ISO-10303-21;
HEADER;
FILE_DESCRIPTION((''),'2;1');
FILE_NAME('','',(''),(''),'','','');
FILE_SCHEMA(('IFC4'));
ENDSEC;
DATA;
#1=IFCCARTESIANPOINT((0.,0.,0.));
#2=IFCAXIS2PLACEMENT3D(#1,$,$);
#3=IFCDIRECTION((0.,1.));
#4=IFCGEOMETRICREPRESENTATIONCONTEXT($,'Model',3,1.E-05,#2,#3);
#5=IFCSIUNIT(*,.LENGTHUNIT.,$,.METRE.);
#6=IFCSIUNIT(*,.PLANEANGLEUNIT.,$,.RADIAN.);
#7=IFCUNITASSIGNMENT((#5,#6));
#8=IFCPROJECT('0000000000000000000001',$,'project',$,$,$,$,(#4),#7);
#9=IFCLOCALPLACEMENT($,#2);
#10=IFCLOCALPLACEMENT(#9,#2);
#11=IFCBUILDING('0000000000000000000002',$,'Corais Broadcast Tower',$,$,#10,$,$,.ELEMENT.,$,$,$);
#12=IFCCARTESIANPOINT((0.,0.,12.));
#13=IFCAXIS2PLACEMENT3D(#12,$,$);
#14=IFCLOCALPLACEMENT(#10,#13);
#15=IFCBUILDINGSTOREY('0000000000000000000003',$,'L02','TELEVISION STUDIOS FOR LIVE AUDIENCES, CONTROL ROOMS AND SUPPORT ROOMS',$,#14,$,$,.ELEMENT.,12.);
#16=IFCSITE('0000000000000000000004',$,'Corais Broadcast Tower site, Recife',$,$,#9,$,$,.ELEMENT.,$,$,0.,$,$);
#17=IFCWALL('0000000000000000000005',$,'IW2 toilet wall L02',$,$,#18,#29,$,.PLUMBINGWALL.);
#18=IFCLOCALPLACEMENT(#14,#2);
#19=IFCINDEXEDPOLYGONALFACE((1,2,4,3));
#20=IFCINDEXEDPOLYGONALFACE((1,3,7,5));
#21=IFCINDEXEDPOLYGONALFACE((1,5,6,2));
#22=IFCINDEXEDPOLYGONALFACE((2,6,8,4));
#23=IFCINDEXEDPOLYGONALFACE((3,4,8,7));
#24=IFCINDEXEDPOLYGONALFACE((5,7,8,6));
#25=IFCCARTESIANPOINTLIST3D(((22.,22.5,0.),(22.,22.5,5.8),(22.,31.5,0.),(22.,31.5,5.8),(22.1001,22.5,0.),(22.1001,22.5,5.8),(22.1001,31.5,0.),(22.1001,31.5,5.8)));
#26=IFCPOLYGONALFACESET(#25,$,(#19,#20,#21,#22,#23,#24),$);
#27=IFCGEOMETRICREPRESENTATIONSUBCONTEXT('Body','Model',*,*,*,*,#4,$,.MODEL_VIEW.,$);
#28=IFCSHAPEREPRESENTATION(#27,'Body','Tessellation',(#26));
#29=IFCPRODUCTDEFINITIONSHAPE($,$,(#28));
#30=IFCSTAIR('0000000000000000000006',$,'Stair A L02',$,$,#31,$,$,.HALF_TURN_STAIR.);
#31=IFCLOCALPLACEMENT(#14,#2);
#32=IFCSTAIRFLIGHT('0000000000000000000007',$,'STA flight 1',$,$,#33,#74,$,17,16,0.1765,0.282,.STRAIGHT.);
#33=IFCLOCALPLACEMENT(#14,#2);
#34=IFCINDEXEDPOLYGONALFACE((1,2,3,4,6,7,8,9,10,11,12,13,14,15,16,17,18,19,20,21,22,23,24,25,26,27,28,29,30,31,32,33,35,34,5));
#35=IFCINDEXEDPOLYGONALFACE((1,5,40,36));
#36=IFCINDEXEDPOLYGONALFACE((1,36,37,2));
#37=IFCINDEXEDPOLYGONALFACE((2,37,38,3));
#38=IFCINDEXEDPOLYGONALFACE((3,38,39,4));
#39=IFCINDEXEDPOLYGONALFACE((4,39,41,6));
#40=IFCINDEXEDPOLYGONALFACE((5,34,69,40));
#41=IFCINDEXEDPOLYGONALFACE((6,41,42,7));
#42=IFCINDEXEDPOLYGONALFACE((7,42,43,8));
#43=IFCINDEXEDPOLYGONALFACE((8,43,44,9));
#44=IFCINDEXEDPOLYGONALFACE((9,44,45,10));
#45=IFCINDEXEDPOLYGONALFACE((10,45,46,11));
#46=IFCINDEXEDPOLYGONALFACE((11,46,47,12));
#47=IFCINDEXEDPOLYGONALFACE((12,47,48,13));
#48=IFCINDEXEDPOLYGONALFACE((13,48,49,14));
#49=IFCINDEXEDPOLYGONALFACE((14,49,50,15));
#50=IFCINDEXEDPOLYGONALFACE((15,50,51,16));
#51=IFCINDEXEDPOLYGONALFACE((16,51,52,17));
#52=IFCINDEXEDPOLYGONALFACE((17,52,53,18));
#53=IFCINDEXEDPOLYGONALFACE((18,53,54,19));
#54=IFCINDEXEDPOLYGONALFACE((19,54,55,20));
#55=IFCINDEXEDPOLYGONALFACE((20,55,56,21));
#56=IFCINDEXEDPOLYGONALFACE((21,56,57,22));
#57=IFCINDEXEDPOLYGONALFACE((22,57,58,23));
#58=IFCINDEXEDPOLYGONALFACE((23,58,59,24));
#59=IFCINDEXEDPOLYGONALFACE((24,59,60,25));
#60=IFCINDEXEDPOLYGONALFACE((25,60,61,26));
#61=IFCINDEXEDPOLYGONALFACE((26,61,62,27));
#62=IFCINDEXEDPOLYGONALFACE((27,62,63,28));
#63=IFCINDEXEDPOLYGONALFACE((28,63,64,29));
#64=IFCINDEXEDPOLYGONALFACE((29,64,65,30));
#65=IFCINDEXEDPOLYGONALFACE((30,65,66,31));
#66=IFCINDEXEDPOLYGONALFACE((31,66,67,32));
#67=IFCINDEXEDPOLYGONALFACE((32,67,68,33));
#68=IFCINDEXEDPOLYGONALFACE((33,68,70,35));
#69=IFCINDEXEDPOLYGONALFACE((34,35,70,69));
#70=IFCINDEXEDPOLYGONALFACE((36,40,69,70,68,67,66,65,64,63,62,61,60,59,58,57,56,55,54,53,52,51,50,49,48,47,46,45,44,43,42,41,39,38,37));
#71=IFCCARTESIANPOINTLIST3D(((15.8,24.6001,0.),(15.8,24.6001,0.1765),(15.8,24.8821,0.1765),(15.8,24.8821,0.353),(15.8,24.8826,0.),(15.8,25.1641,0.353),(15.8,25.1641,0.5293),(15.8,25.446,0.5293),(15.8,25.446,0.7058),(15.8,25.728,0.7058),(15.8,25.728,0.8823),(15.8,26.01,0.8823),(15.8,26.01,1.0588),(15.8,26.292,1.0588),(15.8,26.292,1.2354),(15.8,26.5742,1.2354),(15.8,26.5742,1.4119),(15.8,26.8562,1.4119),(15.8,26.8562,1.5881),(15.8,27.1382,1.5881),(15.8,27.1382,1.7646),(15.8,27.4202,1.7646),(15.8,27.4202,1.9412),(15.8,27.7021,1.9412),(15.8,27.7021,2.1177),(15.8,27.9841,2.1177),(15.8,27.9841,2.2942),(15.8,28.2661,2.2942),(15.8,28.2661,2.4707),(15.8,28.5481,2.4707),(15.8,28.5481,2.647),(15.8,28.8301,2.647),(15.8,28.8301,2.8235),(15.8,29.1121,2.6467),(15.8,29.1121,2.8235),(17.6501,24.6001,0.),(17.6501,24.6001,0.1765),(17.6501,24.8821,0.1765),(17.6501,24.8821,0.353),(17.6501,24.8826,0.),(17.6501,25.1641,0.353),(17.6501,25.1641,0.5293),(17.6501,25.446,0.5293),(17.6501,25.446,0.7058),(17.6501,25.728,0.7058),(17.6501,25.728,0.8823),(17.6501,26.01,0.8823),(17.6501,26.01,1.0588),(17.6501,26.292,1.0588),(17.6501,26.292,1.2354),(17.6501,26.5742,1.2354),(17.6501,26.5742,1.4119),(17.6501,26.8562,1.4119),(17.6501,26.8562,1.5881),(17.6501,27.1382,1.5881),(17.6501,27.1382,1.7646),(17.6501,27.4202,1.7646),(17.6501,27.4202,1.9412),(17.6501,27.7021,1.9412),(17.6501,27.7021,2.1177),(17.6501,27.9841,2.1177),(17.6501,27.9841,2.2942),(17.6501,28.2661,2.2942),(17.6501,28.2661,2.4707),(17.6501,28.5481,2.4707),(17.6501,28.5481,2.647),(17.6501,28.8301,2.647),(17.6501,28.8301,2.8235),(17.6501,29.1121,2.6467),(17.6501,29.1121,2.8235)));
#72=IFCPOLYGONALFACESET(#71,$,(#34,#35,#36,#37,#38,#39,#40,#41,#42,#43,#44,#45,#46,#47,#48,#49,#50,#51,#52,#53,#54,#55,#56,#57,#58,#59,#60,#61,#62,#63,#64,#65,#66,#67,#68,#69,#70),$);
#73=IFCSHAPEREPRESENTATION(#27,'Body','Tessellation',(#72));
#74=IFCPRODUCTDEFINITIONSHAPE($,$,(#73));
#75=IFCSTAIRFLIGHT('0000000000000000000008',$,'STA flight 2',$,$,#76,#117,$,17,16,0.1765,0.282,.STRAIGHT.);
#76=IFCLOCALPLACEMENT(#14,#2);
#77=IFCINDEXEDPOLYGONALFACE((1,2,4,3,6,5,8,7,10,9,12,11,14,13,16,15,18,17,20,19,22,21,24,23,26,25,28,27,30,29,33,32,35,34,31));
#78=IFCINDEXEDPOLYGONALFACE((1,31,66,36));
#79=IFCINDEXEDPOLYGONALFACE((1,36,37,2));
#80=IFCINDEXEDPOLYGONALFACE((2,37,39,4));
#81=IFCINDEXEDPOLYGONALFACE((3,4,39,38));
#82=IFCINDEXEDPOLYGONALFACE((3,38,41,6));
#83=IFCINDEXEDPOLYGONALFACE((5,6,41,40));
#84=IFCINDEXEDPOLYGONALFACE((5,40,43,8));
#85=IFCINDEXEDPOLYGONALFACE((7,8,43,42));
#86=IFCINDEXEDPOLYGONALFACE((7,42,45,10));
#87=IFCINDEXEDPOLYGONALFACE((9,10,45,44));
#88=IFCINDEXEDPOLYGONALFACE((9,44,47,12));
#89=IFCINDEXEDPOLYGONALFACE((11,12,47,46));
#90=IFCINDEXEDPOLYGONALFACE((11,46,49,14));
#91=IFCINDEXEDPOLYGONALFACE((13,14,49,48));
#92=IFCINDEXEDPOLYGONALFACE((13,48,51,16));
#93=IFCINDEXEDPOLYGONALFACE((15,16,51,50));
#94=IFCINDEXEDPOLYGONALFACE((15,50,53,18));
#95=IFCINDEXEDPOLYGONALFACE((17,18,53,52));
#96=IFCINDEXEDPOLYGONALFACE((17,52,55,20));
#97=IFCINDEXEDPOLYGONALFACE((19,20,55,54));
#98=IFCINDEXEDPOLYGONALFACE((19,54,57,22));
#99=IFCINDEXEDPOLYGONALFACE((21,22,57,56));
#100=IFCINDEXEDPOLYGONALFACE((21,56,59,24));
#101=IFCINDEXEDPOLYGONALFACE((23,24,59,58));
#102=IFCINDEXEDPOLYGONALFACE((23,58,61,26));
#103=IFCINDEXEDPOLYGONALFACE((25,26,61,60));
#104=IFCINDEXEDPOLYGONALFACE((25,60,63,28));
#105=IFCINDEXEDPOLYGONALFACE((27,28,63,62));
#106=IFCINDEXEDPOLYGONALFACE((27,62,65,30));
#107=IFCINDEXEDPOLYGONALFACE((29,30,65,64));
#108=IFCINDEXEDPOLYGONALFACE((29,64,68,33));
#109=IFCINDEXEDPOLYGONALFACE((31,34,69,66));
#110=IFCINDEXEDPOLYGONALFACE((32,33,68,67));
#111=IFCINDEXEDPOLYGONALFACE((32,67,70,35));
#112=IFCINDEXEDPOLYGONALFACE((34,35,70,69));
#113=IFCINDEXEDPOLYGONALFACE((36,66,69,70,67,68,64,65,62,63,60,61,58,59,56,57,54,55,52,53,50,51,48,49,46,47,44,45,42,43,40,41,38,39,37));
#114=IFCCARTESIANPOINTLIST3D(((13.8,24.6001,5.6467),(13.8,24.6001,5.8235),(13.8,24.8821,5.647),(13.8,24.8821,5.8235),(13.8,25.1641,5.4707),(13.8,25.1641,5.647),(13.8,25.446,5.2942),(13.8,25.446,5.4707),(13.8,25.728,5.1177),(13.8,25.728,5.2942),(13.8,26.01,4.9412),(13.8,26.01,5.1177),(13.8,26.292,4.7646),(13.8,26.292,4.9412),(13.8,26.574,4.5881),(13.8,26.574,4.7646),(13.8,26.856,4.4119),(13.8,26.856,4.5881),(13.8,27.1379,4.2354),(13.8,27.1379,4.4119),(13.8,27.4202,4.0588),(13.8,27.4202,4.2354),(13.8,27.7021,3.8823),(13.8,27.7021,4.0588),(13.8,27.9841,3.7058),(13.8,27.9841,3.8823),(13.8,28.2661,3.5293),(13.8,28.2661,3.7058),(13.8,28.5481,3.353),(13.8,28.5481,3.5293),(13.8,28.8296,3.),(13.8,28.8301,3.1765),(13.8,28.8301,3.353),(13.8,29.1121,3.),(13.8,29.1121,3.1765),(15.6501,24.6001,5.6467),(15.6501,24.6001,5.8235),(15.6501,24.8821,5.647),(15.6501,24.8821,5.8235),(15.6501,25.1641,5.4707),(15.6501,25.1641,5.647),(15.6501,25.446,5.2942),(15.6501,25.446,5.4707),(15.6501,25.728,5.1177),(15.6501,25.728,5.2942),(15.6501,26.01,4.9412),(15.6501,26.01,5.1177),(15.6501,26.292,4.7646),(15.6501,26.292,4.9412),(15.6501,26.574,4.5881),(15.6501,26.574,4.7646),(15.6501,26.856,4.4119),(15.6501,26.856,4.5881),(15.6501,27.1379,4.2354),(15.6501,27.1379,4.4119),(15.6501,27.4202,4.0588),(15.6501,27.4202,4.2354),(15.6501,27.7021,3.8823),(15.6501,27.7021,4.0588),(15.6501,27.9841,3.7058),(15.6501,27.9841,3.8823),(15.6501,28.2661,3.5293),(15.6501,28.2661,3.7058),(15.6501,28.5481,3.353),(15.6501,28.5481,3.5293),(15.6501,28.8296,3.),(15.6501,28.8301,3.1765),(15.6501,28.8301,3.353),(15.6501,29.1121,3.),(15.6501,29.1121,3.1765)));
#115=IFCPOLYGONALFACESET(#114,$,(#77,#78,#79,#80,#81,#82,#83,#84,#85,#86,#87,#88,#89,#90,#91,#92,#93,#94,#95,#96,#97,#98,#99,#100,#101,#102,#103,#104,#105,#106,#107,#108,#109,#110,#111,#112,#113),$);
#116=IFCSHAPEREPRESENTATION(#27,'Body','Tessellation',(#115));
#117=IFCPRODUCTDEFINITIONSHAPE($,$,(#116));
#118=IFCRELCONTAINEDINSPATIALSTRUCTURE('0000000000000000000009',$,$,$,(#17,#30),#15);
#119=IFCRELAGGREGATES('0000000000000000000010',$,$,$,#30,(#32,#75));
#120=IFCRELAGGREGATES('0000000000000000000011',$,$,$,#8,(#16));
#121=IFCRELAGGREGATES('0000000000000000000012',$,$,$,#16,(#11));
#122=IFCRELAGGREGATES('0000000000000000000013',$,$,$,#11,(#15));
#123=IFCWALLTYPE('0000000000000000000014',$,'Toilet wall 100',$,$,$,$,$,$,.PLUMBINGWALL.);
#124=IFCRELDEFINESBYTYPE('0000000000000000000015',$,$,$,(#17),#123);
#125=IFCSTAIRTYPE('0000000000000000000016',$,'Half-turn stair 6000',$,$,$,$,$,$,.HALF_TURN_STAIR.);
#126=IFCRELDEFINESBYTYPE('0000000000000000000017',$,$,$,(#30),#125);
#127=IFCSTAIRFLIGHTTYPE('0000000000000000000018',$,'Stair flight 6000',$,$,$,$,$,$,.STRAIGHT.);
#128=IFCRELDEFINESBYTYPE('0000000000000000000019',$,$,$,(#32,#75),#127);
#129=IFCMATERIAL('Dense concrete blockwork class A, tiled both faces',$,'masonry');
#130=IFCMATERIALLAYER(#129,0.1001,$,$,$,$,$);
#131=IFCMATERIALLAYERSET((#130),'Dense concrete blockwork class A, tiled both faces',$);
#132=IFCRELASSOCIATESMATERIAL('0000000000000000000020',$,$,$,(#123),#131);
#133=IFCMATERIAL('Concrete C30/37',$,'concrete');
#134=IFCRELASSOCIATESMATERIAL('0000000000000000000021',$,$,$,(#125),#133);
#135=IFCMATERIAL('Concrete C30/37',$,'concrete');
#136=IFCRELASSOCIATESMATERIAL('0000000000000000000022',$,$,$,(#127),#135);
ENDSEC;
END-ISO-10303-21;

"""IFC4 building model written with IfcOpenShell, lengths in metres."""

from ifc_helpers import new_model, si_unit, direction, frame, frame_2d, origin, place, context, subcontext, project, spatial, polyline, rectangle, outline, extrude, material, layer, layer_set, type_object, element, aggregate, save


model = new_model("IFC4")

# Units and contexts
model_context = context("Model", 3, precision=1e-05, world=origin(), true_north=direction((0.0, 1.0)))
body_context = subcontext(model_context, "Body", "Model", "MODEL_VIEW")
ifc_project = project(units=[si_unit("LENGTHUNIT", "METRE"), si_unit("PLANEANGLEUNIT", "RADIAN")], contexts=[model_context])

# Site, building, storey
site_placement = place(None, origin())
site = spatial("IfcSite", under=ifc_project, at=site_placement, Name="Corais Broadcast Tower site, Recife", CompositionType="ELEMENT", RefElevation=0.0)
building_placement = place(site_placement, origin())
building = spatial("IfcBuilding", under=site, at=building_placement, Name="Corais Broadcast Tower", CompositionType="ELEMENT")
storey_placement = place(building_placement, frame((0.0, 0.0, 12.0)))
storey = spatial("IfcBuildingStorey", under=building, at=storey_placement, Name="L02", Description="TELEVISION STUDIOS FOR LIVE AUDIENCES, CONTROL ROOMS AND SUPPORT ROOMS", CompositionType="ELEMENT", Elevation=12.0)

# Wall
ifc_material_1 = material(Name="Dense concrete blockwork class A, tiled both faces", Category="masonry")
ifc_layer = layer(ifc_material_1, 0.1001)
ifc_layer_set = layer_set([ifc_layer], Name="Dense concrete blockwork class A, tiled both faces")
wall_type = type_object("IfcWallType", Name="Toilet wall 100", PredefinedType="PLUMBINGWALL", material=ifc_layer_set)
wall_placement = place(storey_placement, frame((22.05, 22.5, 0.0), z_axis=(0.0, 0.0, 1.0), x_axis=(0.0, 1.0, 0.0)))
element("IfcWall", 1, at=wall_placement, inside=storey, type_object=wall_type, Name="IW2 toilet wall L02", PredefinedType="PLUMBINGWALL", context=body_context, shape_type="SweptSolid", body=[
    extrude(rectangle(XDim=9.0, YDim=0.1001, at=frame_2d((4.5, 0.0))), origin(), (0.0, 0.0, 1.0), 5.8),
])

# Stair, stair flights
ifc_material_2 = material(Name="Concrete C30/37", Category="concrete")
stair_type = type_object("IfcStairType", Name="Half-turn stair 6000", PredefinedType="HALF_TURN_STAIR", material=ifc_material_2)
stair_placement = place(storey_placement, origin())
stair = element("IfcStair", 2, at=stair_placement, inside=storey, type_object=stair_type, Name="Stair A L02", PredefinedType="HALF_TURN_STAIR")
ifc_material_3 = material(Name="Concrete C30/37", Category="concrete")
stair_flight_type = type_object("IfcStairFlightType", Name="Stair flight 6000", PredefinedType="STRAIGHT", material=ifc_material_3)
stair_flight_1_placement = place(storey_placement, frame((16.7251, 24.6001, 0.0), z_axis=(0.0, 0.0, 1.0), x_axis=(0.0, 1.0, 0.0)))
stair_flight_1 = element("IfcStairFlight", 3, at=stair_flight_1_placement, type_object=stair_flight_type, Name="STA flight 1", NumberOfRisers=17, NumberOfTreads=16, PredefinedType="STRAIGHT", RiserHeight=0.1765, TreadLength=0.282, context=body_context, shape_type="SweptSolid", body=[
    extrude(outline(polyline([(0.0, 0.0), (0.0, 0.1765), (0.282, 0.1765), (0.282, 0.353), (0.564, 0.353), (0.564, 0.5293), (0.8459, 0.5293), (0.8459, 0.7058), (1.1279, 0.7058), (1.1279, 0.8823), (1.4099, 0.8823), (1.4099, 1.0588), (1.6919, 1.0588), (1.6919, 1.2354), (1.9741, 1.2354), (1.9741, 1.4119), (2.2561, 1.4119), (2.2561, 1.5881), (2.5381, 1.5881), (2.5381, 1.7646), (2.8201, 1.7646), (2.8201, 1.9412), (3.1021, 1.9412), (3.1021, 2.1177), (3.384, 2.1177), (3.384, 2.2942), (3.666, 2.2942), (3.666, 2.4707), (3.948, 2.4707), (3.948, 2.647), (4.23, 2.647), (4.23, 2.8235), (4.512, 2.8235), (4.512, 3.0), (4.512, 2.6467), (0.2825, 0.0), (0.0, 0.0)])), frame((0.0, 0.925, 0.0), z_axis=(0.0, -1.0, 0.0), x_axis=(1.0, 0.0, 0.0)), (0.0, 0.0, 1.0), 1.8501),
])
stair_flight_2_placement = place(storey_placement, frame((14.7251, 29.1121, 3.0), z_axis=(0.0, 0.0, 1.0), x_axis=(0.0, -1.0, 0.0)))
stair_flight_2 = element("IfcStairFlight", 4, at=stair_flight_2_placement, type_object=stair_flight_type, Name="STA flight 2", NumberOfRisers=17, NumberOfTreads=16, PredefinedType="STRAIGHT", RiserHeight=0.1765, TreadLength=0.282, context=body_context, shape_type="SweptSolid", body=[
    extrude(outline(polyline([(0.0, 0.0), (0.0, 0.1765), (0.282, 0.1765), (0.282, 0.353), (0.564, 0.353), (0.564, 0.5293), (0.8459, 0.5293), (0.8459, 0.7058), (1.1279, 0.7058), (1.1279, 0.8823), (1.4099, 0.8823), (1.4099, 1.0588), (1.6919, 1.0588), (1.6919, 1.2354), (1.9741, 1.2354), (1.9741, 1.4119), (2.2561, 1.4119), (2.2561, 1.5881), (2.5381, 1.5881), (2.5381, 1.7646), (2.8201, 1.7646), (2.8201, 1.9412), (3.1021, 1.9412), (3.1021, 2.1177), (3.384, 2.1177), (3.384, 2.2942), (3.666, 2.2942), (3.666, 2.4707), (3.948, 2.4707), (3.948, 2.647), (4.23, 2.647), (4.23, 2.8235), (4.512, 2.8235), (4.512, 3.0), (4.512, 2.6467), (0.2825, 0.0), (0.0, 0.0)])), frame((0.0, 0.925, 0.0), z_axis=(0.0, -1.0, 0.0), x_axis=(1.0, 0.0, 0.0)), (0.0, 0.0, 1.0), 1.8501),
])
aggregate(stair, [stair_flight_1, stair_flight_2])

save(model, "model.ifc")
